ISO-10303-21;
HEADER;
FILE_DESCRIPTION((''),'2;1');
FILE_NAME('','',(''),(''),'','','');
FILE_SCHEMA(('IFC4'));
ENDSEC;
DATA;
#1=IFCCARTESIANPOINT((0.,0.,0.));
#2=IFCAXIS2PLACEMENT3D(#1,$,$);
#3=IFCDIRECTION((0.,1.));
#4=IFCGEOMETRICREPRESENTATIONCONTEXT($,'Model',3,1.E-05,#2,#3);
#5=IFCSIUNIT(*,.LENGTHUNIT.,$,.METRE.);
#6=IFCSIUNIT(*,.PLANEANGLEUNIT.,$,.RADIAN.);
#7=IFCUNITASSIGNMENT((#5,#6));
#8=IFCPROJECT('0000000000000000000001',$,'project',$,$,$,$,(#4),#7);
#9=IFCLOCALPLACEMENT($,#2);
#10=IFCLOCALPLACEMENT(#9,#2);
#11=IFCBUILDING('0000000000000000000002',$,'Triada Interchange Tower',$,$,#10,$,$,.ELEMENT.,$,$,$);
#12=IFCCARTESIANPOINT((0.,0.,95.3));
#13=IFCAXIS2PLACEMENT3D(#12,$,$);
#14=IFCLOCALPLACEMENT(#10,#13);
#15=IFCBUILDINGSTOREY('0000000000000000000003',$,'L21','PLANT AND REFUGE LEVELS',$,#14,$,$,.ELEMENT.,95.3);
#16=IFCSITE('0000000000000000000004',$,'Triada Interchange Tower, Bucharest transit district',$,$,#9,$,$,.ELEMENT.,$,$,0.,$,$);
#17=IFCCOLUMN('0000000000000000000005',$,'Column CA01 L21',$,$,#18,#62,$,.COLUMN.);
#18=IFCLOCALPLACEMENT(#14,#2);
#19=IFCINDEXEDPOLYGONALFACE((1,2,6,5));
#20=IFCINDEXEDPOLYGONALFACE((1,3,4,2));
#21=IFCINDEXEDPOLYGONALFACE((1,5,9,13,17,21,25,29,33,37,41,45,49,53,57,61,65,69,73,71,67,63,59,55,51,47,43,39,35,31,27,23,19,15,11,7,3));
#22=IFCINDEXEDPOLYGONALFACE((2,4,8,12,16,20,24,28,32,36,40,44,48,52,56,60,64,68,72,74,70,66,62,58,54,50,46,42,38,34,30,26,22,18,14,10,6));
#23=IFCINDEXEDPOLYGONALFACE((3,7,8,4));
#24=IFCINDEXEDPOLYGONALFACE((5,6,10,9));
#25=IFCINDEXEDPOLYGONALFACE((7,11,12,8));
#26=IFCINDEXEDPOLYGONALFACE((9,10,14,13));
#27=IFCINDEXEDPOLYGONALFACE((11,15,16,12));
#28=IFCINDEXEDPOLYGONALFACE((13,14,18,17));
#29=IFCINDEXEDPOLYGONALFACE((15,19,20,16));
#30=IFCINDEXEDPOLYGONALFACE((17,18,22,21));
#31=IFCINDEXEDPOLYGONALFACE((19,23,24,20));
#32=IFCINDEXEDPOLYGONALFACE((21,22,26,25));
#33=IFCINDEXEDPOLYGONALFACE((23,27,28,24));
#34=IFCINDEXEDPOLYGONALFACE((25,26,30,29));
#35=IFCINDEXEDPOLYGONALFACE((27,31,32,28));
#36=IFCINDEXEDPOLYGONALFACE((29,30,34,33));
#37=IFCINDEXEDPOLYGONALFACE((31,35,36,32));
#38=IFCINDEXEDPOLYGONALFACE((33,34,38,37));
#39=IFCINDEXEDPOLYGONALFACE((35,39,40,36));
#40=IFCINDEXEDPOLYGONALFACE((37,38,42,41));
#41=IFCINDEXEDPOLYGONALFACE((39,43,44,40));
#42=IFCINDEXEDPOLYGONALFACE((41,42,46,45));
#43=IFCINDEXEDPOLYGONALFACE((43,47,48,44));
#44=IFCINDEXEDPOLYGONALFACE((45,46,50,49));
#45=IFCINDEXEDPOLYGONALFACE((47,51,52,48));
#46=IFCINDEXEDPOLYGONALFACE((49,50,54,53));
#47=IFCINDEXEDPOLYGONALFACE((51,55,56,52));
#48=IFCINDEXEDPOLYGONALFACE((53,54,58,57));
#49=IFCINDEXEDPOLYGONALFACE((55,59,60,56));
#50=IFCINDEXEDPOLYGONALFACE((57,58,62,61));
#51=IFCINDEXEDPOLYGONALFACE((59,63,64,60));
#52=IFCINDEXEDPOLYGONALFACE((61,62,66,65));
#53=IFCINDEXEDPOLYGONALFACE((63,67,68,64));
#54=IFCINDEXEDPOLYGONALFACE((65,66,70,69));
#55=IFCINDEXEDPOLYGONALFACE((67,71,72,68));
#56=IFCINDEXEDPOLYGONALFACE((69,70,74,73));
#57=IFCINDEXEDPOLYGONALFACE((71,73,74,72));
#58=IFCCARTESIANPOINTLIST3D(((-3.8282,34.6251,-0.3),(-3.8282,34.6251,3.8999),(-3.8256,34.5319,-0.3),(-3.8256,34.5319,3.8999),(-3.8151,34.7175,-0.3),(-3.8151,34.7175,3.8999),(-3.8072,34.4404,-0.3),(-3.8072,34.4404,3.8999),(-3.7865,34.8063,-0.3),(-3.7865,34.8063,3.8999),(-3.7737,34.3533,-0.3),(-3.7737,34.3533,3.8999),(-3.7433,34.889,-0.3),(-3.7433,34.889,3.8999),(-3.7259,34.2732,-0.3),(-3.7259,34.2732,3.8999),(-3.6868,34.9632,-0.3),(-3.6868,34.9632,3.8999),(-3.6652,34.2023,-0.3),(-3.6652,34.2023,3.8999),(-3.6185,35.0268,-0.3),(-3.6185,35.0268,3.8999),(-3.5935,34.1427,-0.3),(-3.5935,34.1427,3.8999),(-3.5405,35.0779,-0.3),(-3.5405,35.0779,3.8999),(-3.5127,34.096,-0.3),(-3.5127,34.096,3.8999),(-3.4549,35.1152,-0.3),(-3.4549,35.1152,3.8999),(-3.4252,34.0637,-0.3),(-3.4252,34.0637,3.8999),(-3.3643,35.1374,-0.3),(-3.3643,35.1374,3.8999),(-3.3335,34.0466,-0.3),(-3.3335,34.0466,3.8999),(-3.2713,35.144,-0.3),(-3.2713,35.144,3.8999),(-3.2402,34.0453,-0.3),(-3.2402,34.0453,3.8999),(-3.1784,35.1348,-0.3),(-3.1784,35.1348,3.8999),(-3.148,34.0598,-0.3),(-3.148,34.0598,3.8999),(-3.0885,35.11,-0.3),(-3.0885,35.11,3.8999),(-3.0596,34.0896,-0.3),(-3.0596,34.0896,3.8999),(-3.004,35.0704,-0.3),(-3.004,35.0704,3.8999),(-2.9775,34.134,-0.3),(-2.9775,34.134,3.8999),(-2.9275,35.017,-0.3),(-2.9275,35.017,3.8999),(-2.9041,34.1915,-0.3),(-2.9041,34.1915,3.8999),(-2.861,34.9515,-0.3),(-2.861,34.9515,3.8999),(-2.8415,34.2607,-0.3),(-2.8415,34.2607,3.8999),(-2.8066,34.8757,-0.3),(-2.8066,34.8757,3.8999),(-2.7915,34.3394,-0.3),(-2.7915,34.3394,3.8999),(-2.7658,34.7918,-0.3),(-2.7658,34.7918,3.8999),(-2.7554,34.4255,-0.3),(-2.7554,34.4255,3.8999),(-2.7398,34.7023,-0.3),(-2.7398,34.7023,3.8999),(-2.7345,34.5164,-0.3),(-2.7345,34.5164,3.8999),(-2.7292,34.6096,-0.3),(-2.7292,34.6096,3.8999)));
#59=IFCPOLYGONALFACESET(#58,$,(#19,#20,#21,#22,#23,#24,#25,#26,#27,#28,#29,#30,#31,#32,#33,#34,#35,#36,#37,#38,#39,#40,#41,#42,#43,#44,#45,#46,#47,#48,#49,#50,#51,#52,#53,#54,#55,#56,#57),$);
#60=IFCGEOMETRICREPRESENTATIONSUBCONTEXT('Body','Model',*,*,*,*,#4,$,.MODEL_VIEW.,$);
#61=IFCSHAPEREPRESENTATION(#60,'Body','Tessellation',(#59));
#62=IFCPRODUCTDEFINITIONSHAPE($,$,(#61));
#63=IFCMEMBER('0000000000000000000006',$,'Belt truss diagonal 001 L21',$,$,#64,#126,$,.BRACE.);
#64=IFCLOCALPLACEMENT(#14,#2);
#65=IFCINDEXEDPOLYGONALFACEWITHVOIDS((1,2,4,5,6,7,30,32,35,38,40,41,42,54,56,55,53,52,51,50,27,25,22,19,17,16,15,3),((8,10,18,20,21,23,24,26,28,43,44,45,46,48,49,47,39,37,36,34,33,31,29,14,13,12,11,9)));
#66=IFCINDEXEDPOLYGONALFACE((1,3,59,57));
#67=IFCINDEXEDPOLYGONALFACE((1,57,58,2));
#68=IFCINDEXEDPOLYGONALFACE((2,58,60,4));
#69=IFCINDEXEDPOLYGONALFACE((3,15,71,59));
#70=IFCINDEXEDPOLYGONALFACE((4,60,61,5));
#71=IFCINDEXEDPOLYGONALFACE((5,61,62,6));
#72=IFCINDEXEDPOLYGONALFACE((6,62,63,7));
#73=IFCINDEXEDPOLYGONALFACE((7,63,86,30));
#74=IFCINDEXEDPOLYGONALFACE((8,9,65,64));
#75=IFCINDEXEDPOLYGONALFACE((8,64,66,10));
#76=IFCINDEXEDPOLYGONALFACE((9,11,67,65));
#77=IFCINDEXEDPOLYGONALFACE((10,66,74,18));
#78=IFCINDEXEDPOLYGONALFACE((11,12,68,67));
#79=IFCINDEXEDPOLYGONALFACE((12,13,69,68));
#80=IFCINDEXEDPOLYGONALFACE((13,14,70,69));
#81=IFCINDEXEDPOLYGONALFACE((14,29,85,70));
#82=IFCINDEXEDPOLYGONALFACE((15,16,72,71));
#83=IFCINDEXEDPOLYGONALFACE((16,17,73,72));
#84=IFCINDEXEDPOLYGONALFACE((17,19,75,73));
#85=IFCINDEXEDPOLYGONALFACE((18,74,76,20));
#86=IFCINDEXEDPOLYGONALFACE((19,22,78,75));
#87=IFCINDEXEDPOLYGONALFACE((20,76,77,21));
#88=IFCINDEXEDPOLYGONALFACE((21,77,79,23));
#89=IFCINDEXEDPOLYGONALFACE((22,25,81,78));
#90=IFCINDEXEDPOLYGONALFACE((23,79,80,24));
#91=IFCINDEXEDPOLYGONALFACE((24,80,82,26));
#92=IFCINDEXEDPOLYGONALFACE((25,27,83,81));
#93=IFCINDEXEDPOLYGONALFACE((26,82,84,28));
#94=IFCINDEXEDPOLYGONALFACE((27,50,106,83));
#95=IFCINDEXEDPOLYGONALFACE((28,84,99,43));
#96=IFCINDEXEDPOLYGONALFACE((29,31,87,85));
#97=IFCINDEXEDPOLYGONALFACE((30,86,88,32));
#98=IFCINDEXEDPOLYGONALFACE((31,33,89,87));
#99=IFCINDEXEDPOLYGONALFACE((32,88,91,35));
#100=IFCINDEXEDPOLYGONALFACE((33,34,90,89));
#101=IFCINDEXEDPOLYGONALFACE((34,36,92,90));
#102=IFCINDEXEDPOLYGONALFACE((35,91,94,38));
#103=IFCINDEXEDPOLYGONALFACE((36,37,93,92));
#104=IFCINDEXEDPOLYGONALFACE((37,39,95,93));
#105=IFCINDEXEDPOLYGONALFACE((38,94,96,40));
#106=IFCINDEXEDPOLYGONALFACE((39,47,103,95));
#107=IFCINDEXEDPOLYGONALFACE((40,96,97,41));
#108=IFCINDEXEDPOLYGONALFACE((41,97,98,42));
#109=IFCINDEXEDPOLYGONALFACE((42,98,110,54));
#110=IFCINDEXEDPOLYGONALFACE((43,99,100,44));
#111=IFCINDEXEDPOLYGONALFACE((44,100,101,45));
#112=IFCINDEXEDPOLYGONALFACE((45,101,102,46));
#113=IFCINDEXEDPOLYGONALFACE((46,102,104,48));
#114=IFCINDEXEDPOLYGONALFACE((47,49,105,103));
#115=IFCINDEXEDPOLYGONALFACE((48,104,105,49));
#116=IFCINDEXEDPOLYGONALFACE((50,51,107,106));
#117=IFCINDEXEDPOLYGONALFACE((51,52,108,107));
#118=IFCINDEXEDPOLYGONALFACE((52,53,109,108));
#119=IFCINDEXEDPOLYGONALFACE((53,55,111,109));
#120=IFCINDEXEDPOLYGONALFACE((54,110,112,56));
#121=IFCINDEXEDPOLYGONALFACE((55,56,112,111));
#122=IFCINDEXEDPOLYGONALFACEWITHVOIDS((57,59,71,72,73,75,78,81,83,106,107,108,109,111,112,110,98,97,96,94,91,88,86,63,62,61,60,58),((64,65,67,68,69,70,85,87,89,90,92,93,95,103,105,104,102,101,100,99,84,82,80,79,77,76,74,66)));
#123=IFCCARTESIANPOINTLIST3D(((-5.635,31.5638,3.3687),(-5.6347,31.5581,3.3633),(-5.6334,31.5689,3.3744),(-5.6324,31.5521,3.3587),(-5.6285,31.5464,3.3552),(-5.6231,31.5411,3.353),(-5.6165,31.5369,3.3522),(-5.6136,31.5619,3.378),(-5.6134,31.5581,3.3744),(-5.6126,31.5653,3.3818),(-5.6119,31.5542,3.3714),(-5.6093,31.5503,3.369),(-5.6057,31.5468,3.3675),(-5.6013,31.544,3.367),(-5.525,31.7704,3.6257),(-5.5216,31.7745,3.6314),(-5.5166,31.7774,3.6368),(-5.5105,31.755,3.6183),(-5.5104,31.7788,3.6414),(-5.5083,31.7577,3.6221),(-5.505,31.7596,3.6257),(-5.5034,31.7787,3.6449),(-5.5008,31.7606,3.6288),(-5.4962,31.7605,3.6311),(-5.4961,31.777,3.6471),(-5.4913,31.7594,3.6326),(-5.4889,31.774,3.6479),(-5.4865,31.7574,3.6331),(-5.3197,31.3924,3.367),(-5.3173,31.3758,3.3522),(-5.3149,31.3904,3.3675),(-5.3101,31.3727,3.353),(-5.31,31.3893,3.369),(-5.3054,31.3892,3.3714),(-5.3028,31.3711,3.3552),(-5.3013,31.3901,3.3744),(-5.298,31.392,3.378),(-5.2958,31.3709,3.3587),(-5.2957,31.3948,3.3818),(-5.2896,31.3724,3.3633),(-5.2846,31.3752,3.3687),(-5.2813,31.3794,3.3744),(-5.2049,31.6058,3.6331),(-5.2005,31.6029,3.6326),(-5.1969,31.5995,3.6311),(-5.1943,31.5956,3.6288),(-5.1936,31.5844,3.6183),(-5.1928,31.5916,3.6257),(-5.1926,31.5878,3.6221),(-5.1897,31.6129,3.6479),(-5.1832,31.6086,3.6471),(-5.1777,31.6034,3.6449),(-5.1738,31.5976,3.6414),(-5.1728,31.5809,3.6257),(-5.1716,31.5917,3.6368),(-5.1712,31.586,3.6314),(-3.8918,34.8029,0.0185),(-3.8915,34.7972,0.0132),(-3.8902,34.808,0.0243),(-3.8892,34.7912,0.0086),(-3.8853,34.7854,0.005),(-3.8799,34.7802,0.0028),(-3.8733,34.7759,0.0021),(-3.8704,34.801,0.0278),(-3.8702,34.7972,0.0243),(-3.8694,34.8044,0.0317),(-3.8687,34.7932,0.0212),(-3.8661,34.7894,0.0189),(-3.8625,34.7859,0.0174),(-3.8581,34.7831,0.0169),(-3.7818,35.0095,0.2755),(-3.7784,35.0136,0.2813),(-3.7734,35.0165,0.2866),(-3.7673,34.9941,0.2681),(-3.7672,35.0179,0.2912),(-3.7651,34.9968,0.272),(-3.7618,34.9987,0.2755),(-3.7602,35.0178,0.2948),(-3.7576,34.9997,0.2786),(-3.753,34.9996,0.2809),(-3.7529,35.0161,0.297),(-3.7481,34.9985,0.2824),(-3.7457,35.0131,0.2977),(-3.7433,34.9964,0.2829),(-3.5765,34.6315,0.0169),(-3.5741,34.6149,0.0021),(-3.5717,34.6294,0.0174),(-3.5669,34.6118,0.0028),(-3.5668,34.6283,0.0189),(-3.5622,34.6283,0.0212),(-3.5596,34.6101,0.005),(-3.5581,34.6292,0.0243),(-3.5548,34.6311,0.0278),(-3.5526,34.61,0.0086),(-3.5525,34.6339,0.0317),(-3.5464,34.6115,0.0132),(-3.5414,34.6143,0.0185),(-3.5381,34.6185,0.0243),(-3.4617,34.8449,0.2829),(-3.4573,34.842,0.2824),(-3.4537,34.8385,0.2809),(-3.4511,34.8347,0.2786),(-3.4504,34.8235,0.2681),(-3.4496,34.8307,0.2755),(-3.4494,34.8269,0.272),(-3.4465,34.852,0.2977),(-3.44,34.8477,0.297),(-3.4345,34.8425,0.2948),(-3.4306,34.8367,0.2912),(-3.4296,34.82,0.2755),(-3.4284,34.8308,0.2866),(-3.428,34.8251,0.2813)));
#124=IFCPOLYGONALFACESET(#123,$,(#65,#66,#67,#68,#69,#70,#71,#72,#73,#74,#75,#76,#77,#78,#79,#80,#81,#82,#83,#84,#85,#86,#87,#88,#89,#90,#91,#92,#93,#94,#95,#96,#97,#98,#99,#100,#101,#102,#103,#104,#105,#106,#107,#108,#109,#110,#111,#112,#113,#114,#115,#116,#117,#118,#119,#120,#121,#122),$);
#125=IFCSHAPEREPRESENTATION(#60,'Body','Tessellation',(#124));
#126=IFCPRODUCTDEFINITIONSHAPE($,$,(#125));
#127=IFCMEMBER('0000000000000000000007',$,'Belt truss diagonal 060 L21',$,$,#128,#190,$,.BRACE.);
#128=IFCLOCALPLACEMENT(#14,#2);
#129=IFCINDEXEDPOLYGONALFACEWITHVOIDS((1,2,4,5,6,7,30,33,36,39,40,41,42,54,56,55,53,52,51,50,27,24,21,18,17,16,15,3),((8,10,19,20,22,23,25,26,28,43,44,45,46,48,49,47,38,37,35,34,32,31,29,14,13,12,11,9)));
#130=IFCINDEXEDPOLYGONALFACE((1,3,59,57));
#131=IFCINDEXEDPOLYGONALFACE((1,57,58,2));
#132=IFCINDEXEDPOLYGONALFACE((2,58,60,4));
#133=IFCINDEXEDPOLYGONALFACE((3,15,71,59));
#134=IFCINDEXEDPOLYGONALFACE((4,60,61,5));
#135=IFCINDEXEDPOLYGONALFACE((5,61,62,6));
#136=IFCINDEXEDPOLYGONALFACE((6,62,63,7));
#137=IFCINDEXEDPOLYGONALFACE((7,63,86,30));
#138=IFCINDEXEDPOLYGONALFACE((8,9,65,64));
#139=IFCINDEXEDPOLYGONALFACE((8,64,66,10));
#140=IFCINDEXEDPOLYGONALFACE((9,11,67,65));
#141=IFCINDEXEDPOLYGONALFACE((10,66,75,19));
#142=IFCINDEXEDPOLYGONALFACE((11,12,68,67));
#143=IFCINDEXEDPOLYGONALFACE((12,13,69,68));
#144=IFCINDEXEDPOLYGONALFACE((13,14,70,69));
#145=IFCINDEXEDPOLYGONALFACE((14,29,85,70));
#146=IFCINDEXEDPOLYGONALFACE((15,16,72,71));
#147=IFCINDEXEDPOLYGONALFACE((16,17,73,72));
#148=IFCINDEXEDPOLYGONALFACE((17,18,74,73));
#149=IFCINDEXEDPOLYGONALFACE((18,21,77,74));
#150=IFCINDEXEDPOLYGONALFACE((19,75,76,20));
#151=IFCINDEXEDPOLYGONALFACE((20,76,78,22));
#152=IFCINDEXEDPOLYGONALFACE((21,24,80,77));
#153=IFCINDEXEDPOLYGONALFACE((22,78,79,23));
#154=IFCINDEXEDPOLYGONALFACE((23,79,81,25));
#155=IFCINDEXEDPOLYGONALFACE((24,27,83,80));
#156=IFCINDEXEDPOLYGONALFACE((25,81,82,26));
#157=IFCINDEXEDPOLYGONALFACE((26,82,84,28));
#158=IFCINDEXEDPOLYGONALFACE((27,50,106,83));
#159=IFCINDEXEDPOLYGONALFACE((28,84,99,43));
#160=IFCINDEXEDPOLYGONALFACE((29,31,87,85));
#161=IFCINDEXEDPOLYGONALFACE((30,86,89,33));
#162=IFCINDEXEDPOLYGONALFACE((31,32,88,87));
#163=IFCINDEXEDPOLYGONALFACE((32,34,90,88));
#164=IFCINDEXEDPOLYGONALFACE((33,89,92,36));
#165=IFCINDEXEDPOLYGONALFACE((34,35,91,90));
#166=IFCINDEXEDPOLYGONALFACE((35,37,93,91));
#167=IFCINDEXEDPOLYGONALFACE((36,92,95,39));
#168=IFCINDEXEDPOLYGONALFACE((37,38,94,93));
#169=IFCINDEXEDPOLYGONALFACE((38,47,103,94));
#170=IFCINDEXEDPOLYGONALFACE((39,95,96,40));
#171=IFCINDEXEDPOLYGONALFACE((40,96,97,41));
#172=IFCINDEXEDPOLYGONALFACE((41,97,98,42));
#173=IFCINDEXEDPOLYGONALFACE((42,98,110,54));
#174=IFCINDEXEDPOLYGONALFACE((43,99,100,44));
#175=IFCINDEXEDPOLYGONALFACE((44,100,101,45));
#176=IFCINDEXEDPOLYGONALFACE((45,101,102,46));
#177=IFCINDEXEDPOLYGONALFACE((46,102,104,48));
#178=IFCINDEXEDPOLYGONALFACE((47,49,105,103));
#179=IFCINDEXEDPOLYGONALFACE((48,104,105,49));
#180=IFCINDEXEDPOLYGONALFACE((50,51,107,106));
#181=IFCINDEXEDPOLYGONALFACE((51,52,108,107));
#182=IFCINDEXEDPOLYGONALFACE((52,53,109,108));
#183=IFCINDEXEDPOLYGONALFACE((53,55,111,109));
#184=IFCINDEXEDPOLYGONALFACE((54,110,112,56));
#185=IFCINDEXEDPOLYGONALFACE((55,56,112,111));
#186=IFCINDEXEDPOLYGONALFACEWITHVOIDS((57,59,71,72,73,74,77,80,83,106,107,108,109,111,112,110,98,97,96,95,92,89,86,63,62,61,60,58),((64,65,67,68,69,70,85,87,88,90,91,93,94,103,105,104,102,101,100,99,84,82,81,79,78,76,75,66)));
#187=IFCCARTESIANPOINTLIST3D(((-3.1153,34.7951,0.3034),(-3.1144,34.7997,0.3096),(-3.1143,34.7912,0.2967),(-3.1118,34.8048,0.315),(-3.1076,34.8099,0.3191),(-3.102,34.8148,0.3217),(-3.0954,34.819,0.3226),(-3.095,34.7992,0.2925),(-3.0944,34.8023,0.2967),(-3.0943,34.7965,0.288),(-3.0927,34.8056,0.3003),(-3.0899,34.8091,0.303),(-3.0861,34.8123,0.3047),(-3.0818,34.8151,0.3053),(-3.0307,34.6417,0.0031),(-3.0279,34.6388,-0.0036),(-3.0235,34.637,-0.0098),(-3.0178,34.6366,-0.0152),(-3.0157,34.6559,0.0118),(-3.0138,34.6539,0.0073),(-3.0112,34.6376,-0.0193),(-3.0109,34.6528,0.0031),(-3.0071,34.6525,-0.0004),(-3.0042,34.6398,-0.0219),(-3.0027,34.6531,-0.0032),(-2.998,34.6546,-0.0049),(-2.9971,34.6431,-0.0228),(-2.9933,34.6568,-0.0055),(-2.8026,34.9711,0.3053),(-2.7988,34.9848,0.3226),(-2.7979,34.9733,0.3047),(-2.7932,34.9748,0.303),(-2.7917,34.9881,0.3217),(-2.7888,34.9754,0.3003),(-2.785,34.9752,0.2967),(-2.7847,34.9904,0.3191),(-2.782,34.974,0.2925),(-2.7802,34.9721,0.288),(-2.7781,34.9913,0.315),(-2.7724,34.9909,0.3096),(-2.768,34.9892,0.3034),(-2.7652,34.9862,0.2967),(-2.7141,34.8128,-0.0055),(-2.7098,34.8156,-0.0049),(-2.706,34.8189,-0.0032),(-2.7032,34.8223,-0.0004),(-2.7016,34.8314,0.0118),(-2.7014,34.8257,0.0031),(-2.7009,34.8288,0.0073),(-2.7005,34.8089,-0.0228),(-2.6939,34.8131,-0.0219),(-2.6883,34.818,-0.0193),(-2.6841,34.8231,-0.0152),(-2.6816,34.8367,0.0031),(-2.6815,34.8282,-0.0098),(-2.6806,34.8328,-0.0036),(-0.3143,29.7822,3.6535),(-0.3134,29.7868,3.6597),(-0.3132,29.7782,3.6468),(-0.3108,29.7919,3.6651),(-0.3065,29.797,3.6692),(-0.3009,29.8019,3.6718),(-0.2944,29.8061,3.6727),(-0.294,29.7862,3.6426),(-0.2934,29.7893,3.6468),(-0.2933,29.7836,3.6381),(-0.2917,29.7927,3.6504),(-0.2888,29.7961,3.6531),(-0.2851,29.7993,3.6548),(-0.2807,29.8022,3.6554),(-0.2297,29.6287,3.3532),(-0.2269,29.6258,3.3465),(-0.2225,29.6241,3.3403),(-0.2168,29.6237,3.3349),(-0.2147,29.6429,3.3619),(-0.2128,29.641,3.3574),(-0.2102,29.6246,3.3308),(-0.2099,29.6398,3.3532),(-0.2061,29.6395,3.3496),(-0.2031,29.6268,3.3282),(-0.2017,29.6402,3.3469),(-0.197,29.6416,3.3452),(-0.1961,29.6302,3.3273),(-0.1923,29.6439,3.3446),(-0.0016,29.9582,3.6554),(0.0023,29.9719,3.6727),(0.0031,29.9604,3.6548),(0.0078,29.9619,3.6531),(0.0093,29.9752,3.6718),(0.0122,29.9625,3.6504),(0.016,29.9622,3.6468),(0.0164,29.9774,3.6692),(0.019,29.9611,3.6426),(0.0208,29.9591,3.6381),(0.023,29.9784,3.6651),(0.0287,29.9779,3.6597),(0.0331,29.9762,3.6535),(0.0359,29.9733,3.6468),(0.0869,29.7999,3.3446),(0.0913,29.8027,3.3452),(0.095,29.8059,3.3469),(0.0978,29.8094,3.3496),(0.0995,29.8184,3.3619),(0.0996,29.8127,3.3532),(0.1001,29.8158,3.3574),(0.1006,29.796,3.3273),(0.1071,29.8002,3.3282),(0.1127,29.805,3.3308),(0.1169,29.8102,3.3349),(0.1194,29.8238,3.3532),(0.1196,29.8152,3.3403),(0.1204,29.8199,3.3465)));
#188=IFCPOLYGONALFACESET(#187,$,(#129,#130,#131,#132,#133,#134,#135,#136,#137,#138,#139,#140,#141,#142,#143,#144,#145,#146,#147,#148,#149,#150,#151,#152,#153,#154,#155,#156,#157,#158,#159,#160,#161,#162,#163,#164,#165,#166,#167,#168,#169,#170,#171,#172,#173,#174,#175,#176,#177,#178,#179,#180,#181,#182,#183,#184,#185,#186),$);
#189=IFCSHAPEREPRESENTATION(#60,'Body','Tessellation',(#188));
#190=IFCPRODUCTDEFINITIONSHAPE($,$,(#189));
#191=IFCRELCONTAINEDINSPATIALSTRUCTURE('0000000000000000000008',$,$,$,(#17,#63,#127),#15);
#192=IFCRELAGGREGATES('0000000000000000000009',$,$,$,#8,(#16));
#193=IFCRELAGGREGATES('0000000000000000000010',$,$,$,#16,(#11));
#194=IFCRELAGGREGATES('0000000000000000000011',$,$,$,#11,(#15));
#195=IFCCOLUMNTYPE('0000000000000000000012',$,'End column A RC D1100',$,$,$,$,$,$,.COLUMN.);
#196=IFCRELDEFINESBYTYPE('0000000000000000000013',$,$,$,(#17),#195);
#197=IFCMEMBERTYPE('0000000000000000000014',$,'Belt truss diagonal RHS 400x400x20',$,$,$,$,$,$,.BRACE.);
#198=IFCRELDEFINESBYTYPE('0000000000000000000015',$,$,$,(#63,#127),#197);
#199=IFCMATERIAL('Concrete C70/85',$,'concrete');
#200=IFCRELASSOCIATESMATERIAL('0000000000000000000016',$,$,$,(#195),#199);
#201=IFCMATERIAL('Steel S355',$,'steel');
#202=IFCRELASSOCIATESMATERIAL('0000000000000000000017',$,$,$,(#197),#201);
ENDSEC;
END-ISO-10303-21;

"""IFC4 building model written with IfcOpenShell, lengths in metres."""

from ifc_helpers import new_model, si_unit, direction, frame, origin, origin_2d, place, context, subcontext, project, spatial, hollow_rectangle, circle, extrude, material, material_profile, profile_set, type_object, element, save


model = new_model("IFC4")

# Units and contexts
model_context = context("Model", 3, precision=1e-05, world=origin(), true_north=direction((0.0, 1.0)))
body_context = subcontext(model_context, "Body", "Model", "MODEL_VIEW")
ifc_project = project(units=[si_unit("LENGTHUNIT", "METRE"), si_unit("PLANEANGLEUNIT", "RADIAN")], contexts=[model_context])

# Site, building, storey
site_placement = place(None, origin())
site = spatial("IfcSite", under=ifc_project, at=site_placement, Name="Triada Interchange Tower, Bucharest transit district", CompositionType="ELEMENT", RefElevation=0.0)
building_placement = place(site_placement, origin())
building = spatial("IfcBuilding", under=site, at=building_placement, Name="Triada Interchange Tower", CompositionType="ELEMENT")
storey_placement = place(building_placement, frame((0.0, 0.0, 95.3)))
storey = spatial("IfcBuildingStorey", under=building, at=storey_placement, Name="L21", Description="PLANT AND REFUGE LEVELS", CompositionType="ELEMENT", Elevation=95.3)

# Column
ifc_material_1 = material(Name="Concrete C70/85", Category="concrete")
ifc_material_profile_1 = material_profile(ifc_material_1, circle(Radius=0.55, at=origin_2d()), Name="RC D1100")
ifc_profile_set_1 = profile_set([ifc_material_profile_1], Name="Concrete C70/85")
column_type = type_object("IfcColumnType", Name="End column A RC D1100", PredefinedType="COLUMN", material=ifc_profile_set_1)
column_placement = place(storey_placement, frame((-3.2791, 34.594, -0.3), z_axis=(0.0, 0.0, 1.0), x_axis=(0.5, 0.866025, 0.0)))
element("IfcColumn", 1, at=column_placement, inside=storey, type_object=column_type, Name="Column CA01 L21", PredefinedType="COLUMN", context=body_context, shape_type="SweptSolid", body=[
    extrude(circle(Radius=0.55, at=origin_2d()), origin(), (0.0, 0.0, 1.0), 4.2),
])

# Members
ifc_material_2 = material(Name="Steel S355", Category="steel")
ifc_material_profile_2 = material_profile(ifc_material_2, hollow_rectangle(XDim=0.3999, YDim=0.3999, WallThickness=0.02, InnerFilletRadius=0.02, OuterFilletRadius=0.03, at=origin_2d()), Name="RHS 400x400x20")
ifc_profile_set_2 = profile_set([ifc_material_profile_2], Name="Steel S355")
member_type = type_object("IfcMemberType", Name="Belt truss diagonal RHS 400x400x20", PredefinedType="BRACE", material=ifc_profile_set_2)
member_1_placement = place(storey_placement, frame((-3.6599, 34.814, 0.1499), z_axis=(-0.350368, -0.651027, 0.673354), x_axis=(0.880576, -0.473906, 0.0)))
element("IfcMember", 2, at=member_1_placement, inside=storey, type_object=member_type, Name="Belt truss diagonal 001 L21", PredefinedType="BRACE", context=body_context, shape_type="SweptSolid", body=[
    extrude(hollow_rectangle(XDim=0.3999, YDim=0.3999, WallThickness=0.02, InnerFilletRadius=0.02, OuterFilletRadius=0.03, at=origin_2d()), origin(), (0.0, 0.0, 1.0), 4.9753),
])
member_2_placement = place(storey_placement, frame((-2.8979, 34.814, 0.1499), z_axis=(0.421321, -0.75403, 0.503911), x_axis=(0.872967, 0.487778, 0.0)))
element("IfcMember", 3, at=member_2_placement, inside=storey, type_object=member_type, Name="Belt truss diagonal 060 L21", PredefinedType="BRACE", context=body_context, shape_type="SweptSolid", body=[
    extrude(hollow_rectangle(XDim=0.3999, YDim=0.3999, WallThickness=0.02, InnerFilletRadius=0.02, OuterFilletRadius=0.03, at=origin_2d()), origin(), (0.0, 0.0, 1.0), 6.6482),
])

save(model, "model.ifc")
